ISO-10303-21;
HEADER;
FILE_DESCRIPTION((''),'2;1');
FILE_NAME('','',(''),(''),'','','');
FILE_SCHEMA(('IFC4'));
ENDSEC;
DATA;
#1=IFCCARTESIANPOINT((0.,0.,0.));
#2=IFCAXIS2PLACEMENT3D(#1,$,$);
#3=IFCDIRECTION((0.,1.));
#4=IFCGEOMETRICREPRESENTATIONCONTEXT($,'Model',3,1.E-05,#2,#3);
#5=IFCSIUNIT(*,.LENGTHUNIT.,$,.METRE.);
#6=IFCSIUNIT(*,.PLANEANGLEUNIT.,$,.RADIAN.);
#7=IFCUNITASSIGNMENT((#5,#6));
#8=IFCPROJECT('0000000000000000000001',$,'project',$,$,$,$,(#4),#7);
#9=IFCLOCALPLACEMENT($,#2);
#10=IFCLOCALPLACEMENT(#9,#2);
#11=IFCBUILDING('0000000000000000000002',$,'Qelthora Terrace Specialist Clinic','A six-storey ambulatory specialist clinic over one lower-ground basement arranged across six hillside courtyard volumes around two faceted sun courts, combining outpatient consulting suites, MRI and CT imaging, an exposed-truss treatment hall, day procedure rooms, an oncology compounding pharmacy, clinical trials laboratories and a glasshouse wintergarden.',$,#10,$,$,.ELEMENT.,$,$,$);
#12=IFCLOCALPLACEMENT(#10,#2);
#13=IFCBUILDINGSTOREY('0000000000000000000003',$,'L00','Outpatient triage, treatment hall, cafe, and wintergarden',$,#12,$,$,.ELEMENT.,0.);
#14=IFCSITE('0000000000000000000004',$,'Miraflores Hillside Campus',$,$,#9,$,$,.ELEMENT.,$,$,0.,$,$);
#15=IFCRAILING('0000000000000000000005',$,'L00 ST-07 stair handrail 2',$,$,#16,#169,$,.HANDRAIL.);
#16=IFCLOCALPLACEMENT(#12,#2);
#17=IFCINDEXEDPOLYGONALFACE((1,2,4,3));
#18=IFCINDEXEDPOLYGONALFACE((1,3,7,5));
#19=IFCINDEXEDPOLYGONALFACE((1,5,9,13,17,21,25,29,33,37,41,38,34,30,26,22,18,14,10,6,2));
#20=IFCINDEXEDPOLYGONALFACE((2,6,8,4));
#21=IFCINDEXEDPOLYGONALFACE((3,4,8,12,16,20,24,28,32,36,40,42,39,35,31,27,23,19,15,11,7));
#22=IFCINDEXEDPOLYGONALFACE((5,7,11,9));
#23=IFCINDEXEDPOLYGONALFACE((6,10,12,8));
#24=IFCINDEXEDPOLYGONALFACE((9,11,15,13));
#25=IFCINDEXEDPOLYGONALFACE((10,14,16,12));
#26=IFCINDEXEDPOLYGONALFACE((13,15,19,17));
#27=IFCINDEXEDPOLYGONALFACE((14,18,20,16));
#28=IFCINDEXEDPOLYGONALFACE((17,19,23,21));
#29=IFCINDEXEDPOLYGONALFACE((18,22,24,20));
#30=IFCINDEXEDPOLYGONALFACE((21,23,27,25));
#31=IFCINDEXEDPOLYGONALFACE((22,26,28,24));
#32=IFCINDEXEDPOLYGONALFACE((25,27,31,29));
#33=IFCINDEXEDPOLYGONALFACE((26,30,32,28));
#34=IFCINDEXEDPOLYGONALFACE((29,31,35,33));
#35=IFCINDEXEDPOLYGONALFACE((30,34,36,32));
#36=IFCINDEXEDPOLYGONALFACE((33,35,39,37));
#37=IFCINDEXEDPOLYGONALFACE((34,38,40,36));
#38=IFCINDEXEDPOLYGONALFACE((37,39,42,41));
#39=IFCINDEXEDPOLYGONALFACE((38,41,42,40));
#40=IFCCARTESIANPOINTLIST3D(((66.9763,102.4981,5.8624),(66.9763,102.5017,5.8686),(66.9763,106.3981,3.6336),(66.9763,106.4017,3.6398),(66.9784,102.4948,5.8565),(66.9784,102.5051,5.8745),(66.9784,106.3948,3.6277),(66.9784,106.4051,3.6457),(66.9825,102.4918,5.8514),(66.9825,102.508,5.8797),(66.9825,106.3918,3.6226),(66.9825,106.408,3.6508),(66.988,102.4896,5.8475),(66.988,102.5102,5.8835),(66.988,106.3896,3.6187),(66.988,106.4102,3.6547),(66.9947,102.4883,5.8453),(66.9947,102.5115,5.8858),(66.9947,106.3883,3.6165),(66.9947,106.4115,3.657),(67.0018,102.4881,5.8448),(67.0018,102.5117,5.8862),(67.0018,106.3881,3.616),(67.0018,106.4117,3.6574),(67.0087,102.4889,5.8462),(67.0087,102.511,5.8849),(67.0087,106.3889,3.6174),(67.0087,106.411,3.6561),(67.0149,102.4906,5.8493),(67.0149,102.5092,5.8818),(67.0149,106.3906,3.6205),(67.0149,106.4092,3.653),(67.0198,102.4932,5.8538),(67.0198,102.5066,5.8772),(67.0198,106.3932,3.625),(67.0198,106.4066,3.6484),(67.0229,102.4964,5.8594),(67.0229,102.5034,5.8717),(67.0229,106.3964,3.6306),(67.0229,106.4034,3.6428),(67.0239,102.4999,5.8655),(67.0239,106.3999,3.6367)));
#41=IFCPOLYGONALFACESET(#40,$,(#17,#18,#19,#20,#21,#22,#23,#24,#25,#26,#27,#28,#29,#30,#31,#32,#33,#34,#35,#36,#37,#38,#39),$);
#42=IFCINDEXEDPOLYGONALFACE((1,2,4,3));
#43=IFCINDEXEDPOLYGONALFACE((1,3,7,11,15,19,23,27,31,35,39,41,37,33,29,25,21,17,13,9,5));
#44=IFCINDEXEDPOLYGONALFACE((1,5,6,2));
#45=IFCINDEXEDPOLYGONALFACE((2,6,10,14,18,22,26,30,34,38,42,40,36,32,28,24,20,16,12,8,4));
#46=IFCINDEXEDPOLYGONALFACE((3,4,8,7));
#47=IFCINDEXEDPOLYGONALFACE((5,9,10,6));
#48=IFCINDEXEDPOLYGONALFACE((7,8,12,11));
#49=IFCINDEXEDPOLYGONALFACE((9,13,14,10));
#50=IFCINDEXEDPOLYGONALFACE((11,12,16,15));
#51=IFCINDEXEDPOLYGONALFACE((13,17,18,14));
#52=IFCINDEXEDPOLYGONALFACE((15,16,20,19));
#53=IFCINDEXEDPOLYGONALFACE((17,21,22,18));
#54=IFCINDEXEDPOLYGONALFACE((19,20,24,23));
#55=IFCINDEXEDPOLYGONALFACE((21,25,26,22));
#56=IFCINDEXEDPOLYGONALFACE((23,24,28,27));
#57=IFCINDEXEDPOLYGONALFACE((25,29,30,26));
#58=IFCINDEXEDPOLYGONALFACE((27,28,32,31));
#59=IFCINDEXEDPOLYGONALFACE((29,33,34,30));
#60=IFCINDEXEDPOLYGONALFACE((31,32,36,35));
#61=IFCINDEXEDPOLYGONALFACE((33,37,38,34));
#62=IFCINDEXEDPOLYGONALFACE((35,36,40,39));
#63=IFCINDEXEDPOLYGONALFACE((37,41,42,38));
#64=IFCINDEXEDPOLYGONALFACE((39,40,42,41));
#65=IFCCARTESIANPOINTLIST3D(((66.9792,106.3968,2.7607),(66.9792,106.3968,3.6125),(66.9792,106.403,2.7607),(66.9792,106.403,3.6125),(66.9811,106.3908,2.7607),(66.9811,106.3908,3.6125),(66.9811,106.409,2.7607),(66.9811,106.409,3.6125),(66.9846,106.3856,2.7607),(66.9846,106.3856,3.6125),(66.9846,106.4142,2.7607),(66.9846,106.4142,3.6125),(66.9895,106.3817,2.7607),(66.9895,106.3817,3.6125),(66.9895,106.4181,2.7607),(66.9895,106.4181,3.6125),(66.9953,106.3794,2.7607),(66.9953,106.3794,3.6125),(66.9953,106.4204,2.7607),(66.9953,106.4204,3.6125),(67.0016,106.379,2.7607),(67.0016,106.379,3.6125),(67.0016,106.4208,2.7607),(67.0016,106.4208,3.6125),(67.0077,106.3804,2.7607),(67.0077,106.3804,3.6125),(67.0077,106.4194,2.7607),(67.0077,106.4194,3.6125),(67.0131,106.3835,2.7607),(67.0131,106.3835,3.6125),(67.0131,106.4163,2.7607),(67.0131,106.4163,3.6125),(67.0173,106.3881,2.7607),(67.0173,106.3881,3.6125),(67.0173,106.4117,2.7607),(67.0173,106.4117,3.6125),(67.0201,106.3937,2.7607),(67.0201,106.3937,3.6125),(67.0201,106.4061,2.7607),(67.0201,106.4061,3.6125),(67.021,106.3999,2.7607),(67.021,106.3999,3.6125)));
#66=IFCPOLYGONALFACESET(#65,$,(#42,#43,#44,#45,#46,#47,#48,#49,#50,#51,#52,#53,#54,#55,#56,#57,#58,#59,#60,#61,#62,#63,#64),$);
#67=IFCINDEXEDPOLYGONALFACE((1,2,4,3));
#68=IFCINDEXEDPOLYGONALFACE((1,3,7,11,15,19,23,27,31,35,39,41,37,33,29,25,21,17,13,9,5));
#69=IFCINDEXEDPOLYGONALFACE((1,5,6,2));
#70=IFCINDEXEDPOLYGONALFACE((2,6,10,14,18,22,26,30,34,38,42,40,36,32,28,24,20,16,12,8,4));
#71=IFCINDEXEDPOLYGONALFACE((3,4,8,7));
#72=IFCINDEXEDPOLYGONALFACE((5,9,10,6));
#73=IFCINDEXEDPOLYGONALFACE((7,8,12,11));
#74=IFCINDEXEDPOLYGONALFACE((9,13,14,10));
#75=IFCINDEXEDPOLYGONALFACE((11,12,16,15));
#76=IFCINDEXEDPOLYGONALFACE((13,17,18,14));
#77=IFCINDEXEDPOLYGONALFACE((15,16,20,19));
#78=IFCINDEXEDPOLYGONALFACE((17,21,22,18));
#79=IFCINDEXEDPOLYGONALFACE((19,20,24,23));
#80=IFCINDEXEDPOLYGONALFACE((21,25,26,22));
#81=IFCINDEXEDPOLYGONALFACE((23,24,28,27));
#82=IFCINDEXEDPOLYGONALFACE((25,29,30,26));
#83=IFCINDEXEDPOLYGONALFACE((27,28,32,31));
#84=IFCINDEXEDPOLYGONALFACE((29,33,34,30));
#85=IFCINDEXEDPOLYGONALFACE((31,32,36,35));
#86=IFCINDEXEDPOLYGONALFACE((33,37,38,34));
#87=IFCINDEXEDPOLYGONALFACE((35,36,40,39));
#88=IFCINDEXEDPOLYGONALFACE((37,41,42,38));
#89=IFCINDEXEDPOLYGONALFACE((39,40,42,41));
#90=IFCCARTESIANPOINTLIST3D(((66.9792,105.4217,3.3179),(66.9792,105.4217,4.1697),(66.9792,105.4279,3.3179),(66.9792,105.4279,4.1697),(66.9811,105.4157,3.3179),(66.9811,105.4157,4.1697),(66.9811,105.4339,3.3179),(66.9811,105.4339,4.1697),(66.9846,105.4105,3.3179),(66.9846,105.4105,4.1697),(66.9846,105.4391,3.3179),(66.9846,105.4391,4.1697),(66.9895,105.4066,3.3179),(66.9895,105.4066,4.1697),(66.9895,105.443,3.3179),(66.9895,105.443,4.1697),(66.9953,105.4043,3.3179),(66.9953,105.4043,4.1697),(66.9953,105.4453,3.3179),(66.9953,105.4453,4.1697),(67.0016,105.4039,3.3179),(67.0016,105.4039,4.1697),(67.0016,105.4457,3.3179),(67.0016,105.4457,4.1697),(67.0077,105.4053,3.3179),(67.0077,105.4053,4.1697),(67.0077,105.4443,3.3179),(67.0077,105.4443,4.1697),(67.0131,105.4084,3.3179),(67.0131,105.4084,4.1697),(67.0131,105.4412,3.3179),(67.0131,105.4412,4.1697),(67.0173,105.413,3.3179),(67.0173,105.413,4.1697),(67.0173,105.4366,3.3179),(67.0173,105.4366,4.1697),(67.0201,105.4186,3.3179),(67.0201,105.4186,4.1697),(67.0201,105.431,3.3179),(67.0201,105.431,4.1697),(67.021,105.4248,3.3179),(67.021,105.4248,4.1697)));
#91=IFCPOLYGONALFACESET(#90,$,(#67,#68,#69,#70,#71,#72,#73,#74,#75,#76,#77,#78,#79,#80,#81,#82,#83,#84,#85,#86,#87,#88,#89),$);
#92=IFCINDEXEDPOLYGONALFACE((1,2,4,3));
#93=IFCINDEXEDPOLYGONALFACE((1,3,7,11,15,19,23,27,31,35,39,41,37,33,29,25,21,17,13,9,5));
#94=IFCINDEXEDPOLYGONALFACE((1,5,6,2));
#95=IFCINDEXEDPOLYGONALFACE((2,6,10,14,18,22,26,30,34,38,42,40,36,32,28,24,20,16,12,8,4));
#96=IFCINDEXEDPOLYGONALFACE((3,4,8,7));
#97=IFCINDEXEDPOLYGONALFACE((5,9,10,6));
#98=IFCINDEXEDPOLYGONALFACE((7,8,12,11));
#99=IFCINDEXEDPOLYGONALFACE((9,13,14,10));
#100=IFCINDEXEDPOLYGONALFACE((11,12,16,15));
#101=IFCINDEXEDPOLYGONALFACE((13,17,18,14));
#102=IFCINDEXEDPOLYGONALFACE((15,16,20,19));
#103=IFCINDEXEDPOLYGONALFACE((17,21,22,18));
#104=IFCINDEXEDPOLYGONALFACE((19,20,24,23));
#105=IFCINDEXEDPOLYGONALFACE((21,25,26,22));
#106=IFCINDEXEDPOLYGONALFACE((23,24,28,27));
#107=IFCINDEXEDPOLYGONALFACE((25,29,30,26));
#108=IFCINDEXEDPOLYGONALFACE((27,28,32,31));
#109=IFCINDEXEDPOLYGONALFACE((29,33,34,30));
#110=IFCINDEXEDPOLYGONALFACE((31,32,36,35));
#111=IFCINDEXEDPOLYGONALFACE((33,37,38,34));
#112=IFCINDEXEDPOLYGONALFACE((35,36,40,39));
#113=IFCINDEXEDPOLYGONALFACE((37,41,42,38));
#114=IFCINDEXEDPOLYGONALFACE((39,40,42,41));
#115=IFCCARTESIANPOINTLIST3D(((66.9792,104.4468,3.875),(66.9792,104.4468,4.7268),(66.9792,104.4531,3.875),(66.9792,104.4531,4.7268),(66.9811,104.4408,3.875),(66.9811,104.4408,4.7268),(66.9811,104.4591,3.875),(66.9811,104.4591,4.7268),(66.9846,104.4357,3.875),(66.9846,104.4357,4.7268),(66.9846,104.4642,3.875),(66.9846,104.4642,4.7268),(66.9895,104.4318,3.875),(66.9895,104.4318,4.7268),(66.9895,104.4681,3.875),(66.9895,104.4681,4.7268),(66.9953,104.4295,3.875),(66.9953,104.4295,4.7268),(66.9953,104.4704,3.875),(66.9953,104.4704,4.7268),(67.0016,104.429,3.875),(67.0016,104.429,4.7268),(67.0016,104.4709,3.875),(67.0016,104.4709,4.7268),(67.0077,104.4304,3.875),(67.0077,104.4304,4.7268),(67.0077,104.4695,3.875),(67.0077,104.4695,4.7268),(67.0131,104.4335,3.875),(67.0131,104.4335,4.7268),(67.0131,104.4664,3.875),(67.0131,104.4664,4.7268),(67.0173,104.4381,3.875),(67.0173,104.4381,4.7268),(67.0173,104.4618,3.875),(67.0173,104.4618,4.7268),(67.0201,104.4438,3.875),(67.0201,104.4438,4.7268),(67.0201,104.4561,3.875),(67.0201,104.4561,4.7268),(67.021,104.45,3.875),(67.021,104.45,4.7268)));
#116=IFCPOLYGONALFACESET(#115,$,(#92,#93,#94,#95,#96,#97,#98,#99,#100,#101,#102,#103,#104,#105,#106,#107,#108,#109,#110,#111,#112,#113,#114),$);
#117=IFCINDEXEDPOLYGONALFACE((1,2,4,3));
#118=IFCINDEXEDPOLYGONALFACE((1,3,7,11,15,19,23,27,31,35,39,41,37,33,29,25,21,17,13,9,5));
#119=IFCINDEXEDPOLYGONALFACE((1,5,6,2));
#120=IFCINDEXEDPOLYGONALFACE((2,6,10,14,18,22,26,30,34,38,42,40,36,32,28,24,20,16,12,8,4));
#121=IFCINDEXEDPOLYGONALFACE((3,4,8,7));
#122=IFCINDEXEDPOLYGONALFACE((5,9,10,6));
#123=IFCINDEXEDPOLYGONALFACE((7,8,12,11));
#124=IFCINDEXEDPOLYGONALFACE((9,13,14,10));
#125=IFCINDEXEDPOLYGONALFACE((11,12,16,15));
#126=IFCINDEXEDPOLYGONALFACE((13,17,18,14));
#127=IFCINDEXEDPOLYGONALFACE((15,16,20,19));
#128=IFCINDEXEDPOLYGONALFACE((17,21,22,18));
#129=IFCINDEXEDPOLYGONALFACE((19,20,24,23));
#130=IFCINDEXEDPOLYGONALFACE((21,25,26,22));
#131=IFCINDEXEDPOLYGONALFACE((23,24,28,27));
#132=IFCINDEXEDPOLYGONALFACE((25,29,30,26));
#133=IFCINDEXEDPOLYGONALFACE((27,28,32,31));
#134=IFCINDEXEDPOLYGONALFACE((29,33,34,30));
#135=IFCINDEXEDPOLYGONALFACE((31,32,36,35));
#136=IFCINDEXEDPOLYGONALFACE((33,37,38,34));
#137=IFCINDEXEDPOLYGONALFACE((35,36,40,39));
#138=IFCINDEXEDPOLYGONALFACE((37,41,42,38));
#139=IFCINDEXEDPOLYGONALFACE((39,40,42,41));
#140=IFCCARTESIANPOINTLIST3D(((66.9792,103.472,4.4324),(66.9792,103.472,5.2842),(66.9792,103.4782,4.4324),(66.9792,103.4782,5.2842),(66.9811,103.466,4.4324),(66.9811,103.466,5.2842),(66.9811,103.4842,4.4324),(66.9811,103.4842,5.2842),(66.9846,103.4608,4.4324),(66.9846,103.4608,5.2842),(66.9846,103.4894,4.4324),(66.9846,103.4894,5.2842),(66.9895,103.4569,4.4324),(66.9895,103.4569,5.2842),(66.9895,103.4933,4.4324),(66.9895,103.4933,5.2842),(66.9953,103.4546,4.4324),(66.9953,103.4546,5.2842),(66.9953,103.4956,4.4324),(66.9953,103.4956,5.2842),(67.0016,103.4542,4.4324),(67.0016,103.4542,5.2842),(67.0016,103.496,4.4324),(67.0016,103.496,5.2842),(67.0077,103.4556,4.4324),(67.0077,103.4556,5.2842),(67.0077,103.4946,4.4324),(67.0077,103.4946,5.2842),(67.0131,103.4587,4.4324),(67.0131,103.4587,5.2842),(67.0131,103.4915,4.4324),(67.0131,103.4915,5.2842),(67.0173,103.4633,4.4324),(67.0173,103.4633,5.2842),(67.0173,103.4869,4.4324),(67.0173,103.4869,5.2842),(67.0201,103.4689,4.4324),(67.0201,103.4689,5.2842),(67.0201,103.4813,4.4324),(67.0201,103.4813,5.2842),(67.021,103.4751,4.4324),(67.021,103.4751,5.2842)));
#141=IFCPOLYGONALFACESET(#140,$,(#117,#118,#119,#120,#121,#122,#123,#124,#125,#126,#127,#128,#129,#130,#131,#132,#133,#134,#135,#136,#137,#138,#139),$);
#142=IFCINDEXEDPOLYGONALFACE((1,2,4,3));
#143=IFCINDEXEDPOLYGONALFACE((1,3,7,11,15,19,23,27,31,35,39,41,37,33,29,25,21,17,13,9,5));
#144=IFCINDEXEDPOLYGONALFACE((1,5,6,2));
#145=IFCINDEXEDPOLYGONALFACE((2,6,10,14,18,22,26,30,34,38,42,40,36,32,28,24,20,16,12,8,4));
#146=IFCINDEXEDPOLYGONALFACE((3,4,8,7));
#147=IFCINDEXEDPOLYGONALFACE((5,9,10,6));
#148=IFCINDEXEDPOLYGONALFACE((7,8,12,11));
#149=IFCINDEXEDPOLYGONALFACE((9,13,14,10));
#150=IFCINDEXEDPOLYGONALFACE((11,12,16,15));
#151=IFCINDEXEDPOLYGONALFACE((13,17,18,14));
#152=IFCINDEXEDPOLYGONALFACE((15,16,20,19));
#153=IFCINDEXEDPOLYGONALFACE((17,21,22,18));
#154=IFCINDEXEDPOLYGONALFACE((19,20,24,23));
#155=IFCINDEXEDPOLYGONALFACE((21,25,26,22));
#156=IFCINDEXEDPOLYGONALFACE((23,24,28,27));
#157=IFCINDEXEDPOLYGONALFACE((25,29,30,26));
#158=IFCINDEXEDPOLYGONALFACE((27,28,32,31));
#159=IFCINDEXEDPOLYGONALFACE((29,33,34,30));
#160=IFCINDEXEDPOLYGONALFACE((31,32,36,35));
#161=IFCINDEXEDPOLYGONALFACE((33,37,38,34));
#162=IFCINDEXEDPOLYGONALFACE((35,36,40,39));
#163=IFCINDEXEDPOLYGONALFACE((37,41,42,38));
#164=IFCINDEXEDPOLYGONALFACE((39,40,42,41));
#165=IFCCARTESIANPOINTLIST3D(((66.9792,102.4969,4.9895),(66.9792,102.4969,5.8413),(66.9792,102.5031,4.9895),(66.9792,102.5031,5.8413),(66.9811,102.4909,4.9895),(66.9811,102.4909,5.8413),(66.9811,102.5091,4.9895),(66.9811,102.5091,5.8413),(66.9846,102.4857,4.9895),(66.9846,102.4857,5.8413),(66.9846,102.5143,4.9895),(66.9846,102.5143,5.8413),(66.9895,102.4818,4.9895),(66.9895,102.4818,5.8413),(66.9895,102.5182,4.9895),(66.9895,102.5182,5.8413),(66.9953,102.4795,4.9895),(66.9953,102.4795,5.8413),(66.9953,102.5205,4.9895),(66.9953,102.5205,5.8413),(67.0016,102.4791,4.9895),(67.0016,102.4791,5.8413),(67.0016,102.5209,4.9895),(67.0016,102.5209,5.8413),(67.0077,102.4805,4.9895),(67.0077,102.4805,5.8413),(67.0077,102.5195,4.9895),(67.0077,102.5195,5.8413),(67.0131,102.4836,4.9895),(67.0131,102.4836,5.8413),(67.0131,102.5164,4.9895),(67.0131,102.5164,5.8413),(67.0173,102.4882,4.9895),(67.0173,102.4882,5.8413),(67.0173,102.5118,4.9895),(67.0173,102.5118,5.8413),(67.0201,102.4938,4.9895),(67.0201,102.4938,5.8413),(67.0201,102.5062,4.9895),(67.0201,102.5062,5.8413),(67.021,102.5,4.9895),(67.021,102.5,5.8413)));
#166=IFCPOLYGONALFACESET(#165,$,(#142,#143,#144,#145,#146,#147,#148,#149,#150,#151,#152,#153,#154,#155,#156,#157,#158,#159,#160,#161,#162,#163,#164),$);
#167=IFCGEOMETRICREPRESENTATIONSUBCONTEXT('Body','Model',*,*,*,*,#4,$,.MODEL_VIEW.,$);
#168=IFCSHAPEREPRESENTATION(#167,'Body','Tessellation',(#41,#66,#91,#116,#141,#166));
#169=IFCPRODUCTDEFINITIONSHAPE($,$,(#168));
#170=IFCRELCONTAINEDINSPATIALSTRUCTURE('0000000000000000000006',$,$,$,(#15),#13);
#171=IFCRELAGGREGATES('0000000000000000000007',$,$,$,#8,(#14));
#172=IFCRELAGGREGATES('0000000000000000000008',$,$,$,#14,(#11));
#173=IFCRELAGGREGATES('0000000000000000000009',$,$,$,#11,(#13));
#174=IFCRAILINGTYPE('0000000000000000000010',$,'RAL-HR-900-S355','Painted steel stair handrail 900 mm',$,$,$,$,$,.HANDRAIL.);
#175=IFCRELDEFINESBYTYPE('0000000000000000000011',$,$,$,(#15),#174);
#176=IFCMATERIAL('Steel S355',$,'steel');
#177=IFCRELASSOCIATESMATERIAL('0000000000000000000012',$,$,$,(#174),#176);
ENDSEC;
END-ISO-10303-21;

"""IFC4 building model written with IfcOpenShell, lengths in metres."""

from ifc_helpers import new_model, si_unit, direction, frame, origin, origin_2d, place, context, subcontext, project, spatial, circle, extrude, material, type_object, element, save


model = new_model("IFC4")

# Units and contexts
model_context = context("Model", 3, precision=1e-05, world=origin(), true_north=direction((0.0, 1.0)))
body_context = subcontext(model_context, "Body", "Model", "MODEL_VIEW")
ifc_project = project(units=[si_unit("LENGTHUNIT", "METRE"), si_unit("PLANEANGLEUNIT", "RADIAN")], contexts=[model_context])

# Site, building, storey
site_placement = place(None, origin())
site = spatial("IfcSite", under=ifc_project, at=site_placement, Name="Miraflores Hillside Campus", CompositionType="ELEMENT", RefElevation=0.0)
building_placement = place(site_placement, origin())
building = spatial("IfcBuilding", under=site, at=building_placement, Name="Qelthora Terrace Specialist Clinic", Description="A six-storey ambulatory specialist clinic over one lower-ground basement arranged across six hillside courtyard volumes around two faceted sun courts, combining outpatient consulting suites, MRI and CT imaging, an exposed-truss treatment hall, day procedure rooms, an oncology compounding pharmacy, clinical trials laboratories and a glasshouse wintergarden.", CompositionType="ELEMENT")
storey_placement = place(building_placement, origin())
storey = spatial("IfcBuildingStorey", under=building, at=storey_placement, Name="L00", Description="Outpatient triage, treatment hall, cafe, and wintergarden", CompositionType="ELEMENT", Elevation=0.0)

# Shared definitions
ifc_material_1 = material(Name="Steel S355", Category="steel")

# Railing
railing_type_1 = type_object("IfcRailingType", Name="RAL-HR-900-S355", Description="Painted steel stair handrail 900 mm", PredefinedType="HANDRAIL", material=ifc_material_1)
railing_1_placement = place(storey_placement, frame((67.0, 106.3999, 2.7607)))
element("IfcRailing", 1, at=railing_1_placement, inside=storey, type_object=railing_type_1, Name="L00 ST-07 stair handrail 2", PredefinedType="HANDRAIL", context=body_context, shape_type="SweptSolid", body=[
    extrude(circle(Radius=0.0239, at=origin_2d()), frame((0.0, 0.0, 0.876), z_axis=(0.0, -0.86822, 0.49618), x_axis=(1.0, 0.0, 0.0)), (0.0, 0.0, 1.0), 4.4919),
    extrude(circle(Radius=0.021, at=origin_2d()), origin(), (0.0, 0.0, 1.0), 0.8518),
    extrude(circle(Radius=0.021, at=origin_2d()), frame((0.0, -0.9751, 0.5571)), (0.0, 0.0, 1.0), 0.8518),
    extrude(circle(Radius=0.021, at=origin_2d()), frame((0.0, -1.95, 1.1143)), (0.0, 0.0, 1.0), 0.8518),
    extrude(circle(Radius=0.021, at=origin_2d()), frame((0.0, -2.9248, 1.6716)), (0.0, 0.0, 1.0), 0.8518),
    extrude(circle(Radius=0.021, at=origin_2d()), frame((0.0, -3.8999, 2.2288)), (0.0, 0.0, 1.0), 0.8518),
])

save(model, "model.ifc")
